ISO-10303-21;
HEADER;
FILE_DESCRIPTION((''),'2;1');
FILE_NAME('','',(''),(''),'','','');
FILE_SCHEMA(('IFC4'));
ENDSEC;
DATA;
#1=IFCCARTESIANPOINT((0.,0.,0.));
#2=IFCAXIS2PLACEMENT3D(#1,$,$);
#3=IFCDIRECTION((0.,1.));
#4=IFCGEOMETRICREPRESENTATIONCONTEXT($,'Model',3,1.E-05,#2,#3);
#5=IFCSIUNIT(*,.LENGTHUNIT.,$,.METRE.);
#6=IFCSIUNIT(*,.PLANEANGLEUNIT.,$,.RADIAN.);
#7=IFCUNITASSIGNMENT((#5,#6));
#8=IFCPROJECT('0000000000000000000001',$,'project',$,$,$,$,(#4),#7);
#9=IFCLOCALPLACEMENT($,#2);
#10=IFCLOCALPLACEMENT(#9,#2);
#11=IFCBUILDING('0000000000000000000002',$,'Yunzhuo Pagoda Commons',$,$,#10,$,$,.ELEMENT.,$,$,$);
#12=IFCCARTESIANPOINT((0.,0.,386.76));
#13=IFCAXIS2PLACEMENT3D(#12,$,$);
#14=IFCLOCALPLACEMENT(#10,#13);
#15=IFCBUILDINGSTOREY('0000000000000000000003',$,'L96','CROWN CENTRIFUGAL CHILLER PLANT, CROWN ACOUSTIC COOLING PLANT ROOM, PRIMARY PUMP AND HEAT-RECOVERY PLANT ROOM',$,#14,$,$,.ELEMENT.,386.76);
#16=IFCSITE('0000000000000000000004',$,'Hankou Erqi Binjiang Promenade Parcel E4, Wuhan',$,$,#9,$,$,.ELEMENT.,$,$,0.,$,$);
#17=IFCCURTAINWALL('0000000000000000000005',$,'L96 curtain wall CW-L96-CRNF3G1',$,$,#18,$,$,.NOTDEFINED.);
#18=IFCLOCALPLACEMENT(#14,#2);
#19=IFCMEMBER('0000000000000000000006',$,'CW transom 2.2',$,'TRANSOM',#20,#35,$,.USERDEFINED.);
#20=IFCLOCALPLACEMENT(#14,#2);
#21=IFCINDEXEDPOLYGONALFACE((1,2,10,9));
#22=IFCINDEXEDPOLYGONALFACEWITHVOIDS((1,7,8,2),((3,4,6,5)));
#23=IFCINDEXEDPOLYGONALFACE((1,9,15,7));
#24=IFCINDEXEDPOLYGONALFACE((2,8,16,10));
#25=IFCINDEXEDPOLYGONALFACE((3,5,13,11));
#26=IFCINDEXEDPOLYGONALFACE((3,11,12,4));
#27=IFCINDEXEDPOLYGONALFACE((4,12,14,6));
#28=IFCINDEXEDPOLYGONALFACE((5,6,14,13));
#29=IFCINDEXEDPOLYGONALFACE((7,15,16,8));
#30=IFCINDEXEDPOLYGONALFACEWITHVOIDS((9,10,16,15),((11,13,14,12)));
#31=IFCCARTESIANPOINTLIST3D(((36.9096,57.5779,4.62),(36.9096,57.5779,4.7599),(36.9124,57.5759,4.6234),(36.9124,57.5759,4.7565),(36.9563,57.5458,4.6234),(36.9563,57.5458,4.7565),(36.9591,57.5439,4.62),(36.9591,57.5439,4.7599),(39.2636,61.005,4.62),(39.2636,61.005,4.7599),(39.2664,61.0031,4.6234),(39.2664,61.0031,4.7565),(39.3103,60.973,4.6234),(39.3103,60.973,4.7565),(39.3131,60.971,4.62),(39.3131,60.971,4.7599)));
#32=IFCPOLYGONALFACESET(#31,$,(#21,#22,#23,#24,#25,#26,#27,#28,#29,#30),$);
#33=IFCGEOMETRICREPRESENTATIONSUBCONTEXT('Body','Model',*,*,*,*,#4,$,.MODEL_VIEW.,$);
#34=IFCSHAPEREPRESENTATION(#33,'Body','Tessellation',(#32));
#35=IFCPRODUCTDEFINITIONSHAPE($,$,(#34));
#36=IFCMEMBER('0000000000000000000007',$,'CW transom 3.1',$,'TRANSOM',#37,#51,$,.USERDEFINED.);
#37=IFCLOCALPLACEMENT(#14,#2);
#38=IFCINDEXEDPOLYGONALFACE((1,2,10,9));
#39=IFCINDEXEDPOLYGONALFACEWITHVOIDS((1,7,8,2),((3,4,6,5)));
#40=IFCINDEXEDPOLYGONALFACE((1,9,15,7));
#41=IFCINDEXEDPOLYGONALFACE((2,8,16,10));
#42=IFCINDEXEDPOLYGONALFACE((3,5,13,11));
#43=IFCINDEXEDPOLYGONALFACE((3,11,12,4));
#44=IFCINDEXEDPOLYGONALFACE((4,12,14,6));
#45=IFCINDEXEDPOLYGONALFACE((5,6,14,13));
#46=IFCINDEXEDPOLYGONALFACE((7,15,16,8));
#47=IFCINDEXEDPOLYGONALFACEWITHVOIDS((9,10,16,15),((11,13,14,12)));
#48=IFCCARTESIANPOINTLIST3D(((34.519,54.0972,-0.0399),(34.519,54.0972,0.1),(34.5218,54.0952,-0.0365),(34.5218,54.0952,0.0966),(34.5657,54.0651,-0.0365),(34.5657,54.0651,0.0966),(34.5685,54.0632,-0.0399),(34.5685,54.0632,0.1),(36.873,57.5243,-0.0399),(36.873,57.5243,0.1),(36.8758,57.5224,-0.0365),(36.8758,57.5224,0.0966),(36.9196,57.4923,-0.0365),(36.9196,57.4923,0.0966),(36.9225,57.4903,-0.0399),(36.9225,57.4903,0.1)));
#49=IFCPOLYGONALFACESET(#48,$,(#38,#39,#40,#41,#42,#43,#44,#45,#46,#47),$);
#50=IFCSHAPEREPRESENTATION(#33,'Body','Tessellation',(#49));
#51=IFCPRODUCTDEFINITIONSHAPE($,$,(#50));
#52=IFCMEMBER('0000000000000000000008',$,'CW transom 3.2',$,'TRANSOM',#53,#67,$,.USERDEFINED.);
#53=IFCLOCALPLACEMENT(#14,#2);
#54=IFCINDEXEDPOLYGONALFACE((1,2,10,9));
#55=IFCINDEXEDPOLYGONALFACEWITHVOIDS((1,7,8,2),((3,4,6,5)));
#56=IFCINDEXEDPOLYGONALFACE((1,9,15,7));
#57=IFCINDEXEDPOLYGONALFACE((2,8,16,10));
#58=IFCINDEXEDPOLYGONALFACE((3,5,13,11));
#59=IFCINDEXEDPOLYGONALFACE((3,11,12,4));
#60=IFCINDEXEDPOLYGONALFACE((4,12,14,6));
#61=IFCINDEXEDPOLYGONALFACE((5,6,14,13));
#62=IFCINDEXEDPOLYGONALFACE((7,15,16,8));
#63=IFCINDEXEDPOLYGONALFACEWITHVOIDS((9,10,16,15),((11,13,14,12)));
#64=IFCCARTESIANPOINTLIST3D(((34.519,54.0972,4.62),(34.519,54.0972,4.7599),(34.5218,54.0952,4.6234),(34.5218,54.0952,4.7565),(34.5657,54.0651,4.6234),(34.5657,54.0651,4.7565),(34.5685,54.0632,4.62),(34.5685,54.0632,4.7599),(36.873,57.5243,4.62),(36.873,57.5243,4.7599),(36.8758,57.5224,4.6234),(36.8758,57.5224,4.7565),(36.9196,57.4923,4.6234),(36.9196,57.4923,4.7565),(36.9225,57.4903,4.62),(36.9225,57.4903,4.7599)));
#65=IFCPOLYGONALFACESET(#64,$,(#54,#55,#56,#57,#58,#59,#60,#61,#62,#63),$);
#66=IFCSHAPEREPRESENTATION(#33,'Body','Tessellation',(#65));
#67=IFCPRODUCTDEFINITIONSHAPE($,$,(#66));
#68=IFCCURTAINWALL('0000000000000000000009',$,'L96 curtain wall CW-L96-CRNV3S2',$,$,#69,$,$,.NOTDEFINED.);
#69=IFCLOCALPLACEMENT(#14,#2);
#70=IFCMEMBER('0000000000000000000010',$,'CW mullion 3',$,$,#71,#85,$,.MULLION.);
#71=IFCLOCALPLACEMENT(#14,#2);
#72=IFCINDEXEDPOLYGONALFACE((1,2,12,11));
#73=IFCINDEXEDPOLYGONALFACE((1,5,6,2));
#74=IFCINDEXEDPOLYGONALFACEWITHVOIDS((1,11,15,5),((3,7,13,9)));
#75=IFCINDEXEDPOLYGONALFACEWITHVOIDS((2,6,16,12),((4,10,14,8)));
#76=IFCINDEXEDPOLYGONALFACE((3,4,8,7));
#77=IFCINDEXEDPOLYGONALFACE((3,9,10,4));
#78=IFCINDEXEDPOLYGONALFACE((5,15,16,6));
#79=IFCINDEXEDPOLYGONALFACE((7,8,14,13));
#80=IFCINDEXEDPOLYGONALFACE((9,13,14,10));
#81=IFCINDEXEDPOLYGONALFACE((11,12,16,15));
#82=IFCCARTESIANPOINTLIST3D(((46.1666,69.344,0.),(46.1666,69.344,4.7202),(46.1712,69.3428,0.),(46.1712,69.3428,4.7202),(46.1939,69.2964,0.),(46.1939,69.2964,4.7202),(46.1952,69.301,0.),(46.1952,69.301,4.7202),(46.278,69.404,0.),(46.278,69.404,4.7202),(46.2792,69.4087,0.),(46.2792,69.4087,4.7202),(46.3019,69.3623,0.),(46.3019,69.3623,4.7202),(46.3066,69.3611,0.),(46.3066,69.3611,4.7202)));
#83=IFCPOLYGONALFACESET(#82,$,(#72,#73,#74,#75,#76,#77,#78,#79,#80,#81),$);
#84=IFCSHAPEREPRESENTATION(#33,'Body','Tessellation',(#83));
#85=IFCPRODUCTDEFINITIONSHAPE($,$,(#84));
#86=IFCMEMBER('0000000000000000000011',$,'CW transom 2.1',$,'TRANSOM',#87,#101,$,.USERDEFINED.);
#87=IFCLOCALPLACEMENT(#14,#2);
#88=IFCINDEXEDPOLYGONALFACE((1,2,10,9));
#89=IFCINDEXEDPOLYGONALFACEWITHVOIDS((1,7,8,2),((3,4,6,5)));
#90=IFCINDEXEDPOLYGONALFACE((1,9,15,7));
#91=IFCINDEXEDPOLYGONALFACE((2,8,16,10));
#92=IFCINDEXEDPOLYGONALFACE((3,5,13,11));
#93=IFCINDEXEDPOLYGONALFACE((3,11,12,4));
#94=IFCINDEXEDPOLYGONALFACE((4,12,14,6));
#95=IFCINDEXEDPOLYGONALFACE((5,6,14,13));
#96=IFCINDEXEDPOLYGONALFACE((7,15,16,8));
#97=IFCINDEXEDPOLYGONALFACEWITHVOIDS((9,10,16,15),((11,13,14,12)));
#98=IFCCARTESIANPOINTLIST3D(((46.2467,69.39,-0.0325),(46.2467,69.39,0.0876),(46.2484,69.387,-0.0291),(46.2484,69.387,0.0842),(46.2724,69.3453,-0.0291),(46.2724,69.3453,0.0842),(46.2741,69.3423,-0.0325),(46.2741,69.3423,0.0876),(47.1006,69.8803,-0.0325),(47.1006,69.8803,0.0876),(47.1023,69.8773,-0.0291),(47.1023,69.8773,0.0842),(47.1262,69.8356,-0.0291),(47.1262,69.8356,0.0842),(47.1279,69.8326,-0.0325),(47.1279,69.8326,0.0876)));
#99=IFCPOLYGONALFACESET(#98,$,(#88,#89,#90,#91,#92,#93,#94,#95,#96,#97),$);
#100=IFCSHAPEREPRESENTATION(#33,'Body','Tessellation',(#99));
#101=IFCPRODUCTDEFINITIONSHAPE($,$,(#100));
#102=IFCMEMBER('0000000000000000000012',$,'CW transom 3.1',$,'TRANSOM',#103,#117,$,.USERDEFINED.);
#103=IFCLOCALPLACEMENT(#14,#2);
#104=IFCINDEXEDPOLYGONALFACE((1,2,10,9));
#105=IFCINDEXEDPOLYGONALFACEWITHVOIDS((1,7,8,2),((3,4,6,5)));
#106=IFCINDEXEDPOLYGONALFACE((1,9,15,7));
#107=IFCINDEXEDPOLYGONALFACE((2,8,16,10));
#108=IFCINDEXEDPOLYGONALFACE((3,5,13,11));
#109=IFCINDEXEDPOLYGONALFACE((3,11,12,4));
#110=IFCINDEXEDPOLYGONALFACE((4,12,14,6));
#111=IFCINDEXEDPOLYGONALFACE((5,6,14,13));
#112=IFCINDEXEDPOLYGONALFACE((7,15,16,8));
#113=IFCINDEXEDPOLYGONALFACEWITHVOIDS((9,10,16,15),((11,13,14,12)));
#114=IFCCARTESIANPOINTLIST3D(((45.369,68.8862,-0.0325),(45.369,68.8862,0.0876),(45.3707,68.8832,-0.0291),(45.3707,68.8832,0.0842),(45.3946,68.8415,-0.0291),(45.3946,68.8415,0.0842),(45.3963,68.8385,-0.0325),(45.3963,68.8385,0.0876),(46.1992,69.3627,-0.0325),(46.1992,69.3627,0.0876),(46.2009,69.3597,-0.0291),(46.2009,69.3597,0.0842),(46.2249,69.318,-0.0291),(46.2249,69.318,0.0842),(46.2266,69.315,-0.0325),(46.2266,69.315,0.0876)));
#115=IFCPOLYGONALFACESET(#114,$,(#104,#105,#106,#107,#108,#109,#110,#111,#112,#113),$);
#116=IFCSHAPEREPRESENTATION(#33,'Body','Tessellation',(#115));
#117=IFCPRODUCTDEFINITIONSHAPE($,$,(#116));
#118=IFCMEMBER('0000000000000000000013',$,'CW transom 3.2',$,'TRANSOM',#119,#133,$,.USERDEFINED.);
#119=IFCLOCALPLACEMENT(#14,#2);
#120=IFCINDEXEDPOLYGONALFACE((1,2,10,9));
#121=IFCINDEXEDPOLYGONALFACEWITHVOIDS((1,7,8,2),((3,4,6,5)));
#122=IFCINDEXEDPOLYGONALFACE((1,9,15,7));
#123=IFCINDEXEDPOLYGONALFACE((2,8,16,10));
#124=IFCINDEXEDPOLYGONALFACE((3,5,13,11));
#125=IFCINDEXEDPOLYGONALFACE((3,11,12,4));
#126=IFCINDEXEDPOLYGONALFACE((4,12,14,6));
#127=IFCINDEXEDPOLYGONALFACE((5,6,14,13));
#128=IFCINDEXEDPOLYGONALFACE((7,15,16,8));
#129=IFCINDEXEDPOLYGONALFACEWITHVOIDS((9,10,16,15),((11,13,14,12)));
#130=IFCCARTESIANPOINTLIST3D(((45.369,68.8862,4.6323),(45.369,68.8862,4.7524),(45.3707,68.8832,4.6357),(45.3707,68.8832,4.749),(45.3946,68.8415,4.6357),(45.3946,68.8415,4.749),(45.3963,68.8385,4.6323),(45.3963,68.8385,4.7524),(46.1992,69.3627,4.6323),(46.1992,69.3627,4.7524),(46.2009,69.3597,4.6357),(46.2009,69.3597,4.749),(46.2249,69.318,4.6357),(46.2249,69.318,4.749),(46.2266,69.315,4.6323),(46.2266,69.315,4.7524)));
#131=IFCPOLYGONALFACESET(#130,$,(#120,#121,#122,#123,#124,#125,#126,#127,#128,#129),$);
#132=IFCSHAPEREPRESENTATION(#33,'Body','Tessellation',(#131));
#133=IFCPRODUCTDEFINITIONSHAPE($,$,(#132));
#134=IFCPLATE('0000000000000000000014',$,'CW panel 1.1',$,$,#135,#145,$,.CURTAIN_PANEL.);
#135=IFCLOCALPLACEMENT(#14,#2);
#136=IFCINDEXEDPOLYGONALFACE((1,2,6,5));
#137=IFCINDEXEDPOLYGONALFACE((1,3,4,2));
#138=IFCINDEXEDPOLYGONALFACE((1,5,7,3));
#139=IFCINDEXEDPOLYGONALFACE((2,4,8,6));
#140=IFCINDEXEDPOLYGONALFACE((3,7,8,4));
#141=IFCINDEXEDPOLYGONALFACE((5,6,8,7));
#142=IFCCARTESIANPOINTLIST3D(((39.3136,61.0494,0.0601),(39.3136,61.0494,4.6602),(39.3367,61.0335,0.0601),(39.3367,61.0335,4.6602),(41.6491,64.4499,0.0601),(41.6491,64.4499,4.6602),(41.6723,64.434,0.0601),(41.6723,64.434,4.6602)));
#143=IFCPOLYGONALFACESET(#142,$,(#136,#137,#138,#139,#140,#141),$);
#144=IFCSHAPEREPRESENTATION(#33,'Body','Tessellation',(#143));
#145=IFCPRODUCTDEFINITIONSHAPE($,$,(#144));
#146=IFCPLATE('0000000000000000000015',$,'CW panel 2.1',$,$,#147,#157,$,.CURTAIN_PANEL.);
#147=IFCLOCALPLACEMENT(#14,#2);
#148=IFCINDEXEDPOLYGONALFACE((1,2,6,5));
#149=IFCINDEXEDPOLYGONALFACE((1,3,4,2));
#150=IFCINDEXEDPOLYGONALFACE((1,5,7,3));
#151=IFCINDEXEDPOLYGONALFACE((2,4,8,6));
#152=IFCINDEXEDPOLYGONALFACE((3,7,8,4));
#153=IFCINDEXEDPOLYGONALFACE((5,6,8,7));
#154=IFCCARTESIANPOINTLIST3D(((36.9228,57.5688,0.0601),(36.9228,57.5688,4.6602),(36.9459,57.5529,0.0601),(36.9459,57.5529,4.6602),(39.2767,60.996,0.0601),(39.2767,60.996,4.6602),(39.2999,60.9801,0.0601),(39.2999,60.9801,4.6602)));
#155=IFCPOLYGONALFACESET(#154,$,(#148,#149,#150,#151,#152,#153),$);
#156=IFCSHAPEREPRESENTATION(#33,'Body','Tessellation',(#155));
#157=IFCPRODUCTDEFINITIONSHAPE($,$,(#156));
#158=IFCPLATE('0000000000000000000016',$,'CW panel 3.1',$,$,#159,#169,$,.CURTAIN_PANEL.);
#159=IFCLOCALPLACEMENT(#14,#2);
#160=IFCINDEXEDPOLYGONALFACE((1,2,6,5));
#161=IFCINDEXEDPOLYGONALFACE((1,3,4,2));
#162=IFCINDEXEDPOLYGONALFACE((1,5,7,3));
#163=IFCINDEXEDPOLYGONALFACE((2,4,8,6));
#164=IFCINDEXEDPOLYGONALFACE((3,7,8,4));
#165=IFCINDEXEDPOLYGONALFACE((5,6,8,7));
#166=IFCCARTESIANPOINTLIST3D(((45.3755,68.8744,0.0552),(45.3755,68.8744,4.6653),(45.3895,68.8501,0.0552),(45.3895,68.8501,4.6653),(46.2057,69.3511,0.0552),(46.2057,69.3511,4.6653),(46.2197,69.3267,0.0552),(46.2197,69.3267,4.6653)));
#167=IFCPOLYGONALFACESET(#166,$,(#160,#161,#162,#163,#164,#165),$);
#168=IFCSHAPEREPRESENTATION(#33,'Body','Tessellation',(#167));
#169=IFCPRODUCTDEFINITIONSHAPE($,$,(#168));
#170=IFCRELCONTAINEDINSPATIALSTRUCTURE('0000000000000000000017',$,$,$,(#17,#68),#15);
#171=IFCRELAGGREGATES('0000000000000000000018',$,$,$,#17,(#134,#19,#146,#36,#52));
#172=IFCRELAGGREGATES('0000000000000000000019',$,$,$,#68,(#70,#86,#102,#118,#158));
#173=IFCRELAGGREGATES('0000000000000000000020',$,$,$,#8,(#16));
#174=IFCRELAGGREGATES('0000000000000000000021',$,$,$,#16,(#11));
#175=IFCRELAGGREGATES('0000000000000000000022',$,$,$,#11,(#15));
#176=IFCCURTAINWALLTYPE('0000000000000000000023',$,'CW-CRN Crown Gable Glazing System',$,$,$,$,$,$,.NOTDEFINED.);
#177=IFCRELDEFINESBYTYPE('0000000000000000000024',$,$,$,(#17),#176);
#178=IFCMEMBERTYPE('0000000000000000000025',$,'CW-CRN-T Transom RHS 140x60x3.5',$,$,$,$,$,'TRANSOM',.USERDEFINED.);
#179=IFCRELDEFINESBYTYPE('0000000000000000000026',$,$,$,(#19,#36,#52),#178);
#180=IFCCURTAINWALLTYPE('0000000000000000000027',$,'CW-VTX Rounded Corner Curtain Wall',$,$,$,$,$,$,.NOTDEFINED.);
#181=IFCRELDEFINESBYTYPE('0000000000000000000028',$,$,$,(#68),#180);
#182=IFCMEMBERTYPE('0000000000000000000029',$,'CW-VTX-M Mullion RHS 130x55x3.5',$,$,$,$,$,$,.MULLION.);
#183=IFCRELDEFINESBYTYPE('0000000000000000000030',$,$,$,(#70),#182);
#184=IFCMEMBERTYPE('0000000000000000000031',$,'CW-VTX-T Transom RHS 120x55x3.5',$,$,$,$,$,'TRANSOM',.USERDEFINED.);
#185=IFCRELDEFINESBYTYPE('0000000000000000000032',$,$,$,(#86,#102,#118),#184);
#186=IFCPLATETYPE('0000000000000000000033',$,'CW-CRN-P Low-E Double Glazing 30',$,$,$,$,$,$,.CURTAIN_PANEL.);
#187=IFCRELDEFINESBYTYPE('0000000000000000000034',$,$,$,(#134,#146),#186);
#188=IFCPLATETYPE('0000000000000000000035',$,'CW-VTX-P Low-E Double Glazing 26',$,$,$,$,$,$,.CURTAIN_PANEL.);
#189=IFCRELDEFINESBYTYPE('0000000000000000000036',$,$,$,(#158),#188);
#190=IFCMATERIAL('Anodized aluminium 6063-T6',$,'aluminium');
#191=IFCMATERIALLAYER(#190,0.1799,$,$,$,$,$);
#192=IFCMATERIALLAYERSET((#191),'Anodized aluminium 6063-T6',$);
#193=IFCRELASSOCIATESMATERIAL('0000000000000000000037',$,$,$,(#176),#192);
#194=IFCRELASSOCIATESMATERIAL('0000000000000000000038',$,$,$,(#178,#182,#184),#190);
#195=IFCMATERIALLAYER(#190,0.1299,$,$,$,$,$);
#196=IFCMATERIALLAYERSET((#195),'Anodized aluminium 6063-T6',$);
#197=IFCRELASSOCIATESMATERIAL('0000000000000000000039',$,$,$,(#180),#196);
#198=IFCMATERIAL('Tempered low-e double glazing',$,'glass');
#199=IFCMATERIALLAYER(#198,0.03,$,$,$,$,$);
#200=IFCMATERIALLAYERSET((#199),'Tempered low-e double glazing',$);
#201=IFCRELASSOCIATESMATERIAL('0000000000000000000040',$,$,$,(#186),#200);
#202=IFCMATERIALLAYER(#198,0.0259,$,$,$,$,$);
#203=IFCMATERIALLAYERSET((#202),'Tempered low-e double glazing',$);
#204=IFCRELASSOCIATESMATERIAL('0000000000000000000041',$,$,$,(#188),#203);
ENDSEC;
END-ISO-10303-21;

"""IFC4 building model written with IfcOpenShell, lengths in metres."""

from ifc_helpers import new_model, si_unit, direction, frame, origin, origin_2d, place, context, subcontext, project, spatial, rectangle, hollow_rectangle, extrude, source, transform, mapped, material, layer, layer_set, material_profile, profile_set, type_object, element, aggregate, save


model = new_model("IFC4")

# Units and contexts
model_context = context("Model", 3, precision=1e-05, world=origin(), true_north=direction((0.0, 1.0)))
body_context = subcontext(model_context, "Body", "Model", "MODEL_VIEW")
ifc_project = project(units=[si_unit("LENGTHUNIT", "METRE"), si_unit("PLANEANGLEUNIT", "RADIAN")], contexts=[model_context])

# Site, building, storey
site_placement = place(None, origin())
site = spatial("IfcSite", under=ifc_project, at=site_placement, Name="Hankou Erqi Binjiang Promenade Parcel E4, Wuhan", CompositionType="ELEMENT", RefElevation=0.0)
building_placement = place(site_placement, origin())
building = spatial("IfcBuilding", under=site, at=building_placement, Name="Yunzhuo Pagoda Commons", CompositionType="ELEMENT")
storey_placement = place(building_placement, frame((0.0, 0.0, 386.76)))
storey = spatial("IfcBuildingStorey", under=building, at=storey_placement, Name="L96", Description="CROWN CENTRIFUGAL CHILLER PLANT, CROWN ACOUSTIC COOLING PLANT ROOM, PRIMARY PUMP AND HEAT-RECOVERY PLANT ROOM", CompositionType="ELEMENT", Elevation=386.76)

# Curtain walls, members
ifc_material_1 = material(Name="Anodized aluminium 6063-T6", Category="aluminium")
ifc_layer_1 = layer(ifc_material_1, 0.1799)
ifc_layer_set_1 = layer_set([ifc_layer_1], Name="Anodized aluminium 6063-T6")
curtain_wall_type_1 = type_object("IfcCurtainWallType", Name="CW-CRN Crown Gable Glazing System", PredefinedType="NOTDEFINED", material=ifc_layer_set_1)
curtain_wall_1_placement = place(storey_placement, origin())
curtain_wall_1 = element("IfcCurtainWall", 1, at=curtain_wall_1_placement, inside=storey, type_object=curtain_wall_type_1, Name="L96 curtain wall CW-L96-CRNF3G1", PredefinedType="NOTDEFINED")
ifc_material_profile_1 = material_profile(ifc_material_1, hollow_rectangle(XDim=0.0601, YDim=0.1399, WallThickness=0.0034, at=origin_2d()), Name="Anodized aluminium 6063-T6")
ifc_profile_set_1 = profile_set([ifc_material_profile_1], Name="Anodized aluminium 6063-T6")
member_type_1 = type_object("IfcMemberType", Name="CW-CRN-T Transom RHS 140x60x3.5", ElementType="TRANSOM", PredefinedType="USERDEFINED", material=ifc_profile_set_1)
shared_shape_1 = source(origin(), body_context, "Body", "SweptSolid", [
    extrude(hollow_rectangle(XDim=0.0601, YDim=0.1399, WallThickness=0.0034, at=origin_2d()), origin(), (0.0, 0.0, 1.0), 4.1577),
])
member_1_placement = place(storey_placement, frame((39.2883, 60.988, 4.6899), z_axis=(-0.566165, -0.824292, 0.0), x_axis=(0.824292, -0.566165, 0.0)))
member_1 = element("IfcMember", 2, at=member_1_placement, type_object=member_type_1, Name="CW transom 2.2", ObjectType="TRANSOM", PredefinedType="USERDEFINED", context=body_context, shape_type="MappedRepresentation", body=[
    mapped(shared_shape_1, transform((0.0, 0.0, 0.0), scale=1.0)),
])
member_2_placement = place(storey_placement, frame((36.8977, 57.5073, 0.03), z_axis=(-0.566165, -0.824292, 0.0), x_axis=(0.824292, -0.566165, 0.0)))
member_2 = element("IfcMember", 3, at=member_2_placement, type_object=member_type_1, Name="CW transom 3.1", ObjectType="TRANSOM", PredefinedType="USERDEFINED", context=body_context, shape_type="MappedRepresentation", body=[
    mapped(shared_shape_1, transform((0.0, 0.0, 0.0), scale=1.0)),
])
member_3_placement = place(storey_placement, frame((36.8977, 57.5073, 4.6899), z_axis=(-0.566165, -0.824292, 0.0), x_axis=(0.824292, -0.566165, 0.0)))
member_3 = element("IfcMember", 4, at=member_3_placement, type_object=member_type_1, Name="CW transom 3.2", ObjectType="TRANSOM", PredefinedType="USERDEFINED", context=body_context, shape_type="MappedRepresentation", body=[
    mapped(shared_shape_1, transform((0.0, 0.0, 0.0), scale=1.0)),
])
ifc_layer_2 = layer(ifc_material_1, 0.1299)
ifc_layer_set_2 = layer_set([ifc_layer_2], Name="Anodized aluminium 6063-T6")
curtain_wall_type_2 = type_object("IfcCurtainWallType", Name="CW-VTX Rounded Corner Curtain Wall", PredefinedType="NOTDEFINED", material=ifc_layer_set_2)
curtain_wall_2_placement = place(storey_placement, origin())
curtain_wall_2 = element("IfcCurtainWall", 5, at=curtain_wall_2_placement, inside=storey, type_object=curtain_wall_type_2, Name="L96 curtain wall CW-L96-CRNV3S2", PredefinedType="NOTDEFINED")
ifc_material_profile_2 = material_profile(ifc_material_1, hollow_rectangle(XDim=0.0549, YDim=0.1299, WallThickness=0.0034, at=origin_2d()), Name="Anodized aluminium 6063-T6")
ifc_profile_set_2 = profile_set([ifc_material_profile_2], Name="Anodized aluminium 6063-T6")
member_type_2 = type_object("IfcMemberType", Name="CW-VTX-M Mullion RHS 130x55x3.5", PredefinedType="MULLION", material=ifc_profile_set_2)
shared_shape_2 = source(origin(), body_context, "Body", "SweptSolid", [
    extrude(hollow_rectangle(XDim=0.0549, YDim=0.1299, WallThickness=0.0034, at=origin_2d()), origin(), (0.0, 0.0, 1.0), 4.7202),
])
member_4_placement = place(storey_placement, frame((46.2366, 69.3525, 0.0), z_axis=(0.0, 0.0, 1.0), x_axis=(0.497937, -0.867213, 0.0)))
member_4 = element("IfcMember", 6, at=member_4_placement, type_object=member_type_2, Name="CW mullion 3", PredefinedType="MULLION", context=body_context, shape_type="MappedRepresentation", body=[
    mapped(shared_shape_2, transform((0.0, 0.0, 0.0), scale=1.0)),
])
ifc_material_profile_3 = material_profile(ifc_material_1, hollow_rectangle(XDim=0.0549, YDim=0.1201, WallThickness=0.0034, at=origin_2d()), Name="Anodized aluminium 6063-T6")
ifc_profile_set_3 = profile_set([ifc_material_profile_3], Name="Anodized aluminium 6063-T6")
member_type_3 = type_object("IfcMemberType", Name="CW-VTX-T Transom RHS 120x55x3.5", ElementType="TRANSOM", PredefinedType="USERDEFINED", material=ifc_profile_set_3)
shared_shape_3 = source(origin(), body_context, "Body", "SweptSolid", [
    extrude(hollow_rectangle(XDim=0.0549, YDim=0.1201, WallThickness=0.0034, at=origin_2d()), origin(), (0.0, 0.0, 1.0), 0.9846),
])
member_5_placement = place(storey_placement, frame((47.1143, 69.8564, 0.0276), z_axis=(-0.867204, -0.497954, 0.0), x_axis=(0.497954, -0.867204, 0.0)))
member_5 = element("IfcMember", 7, at=member_5_placement, type_object=member_type_3, Name="CW transom 2.1", ObjectType="TRANSOM", PredefinedType="USERDEFINED", context=body_context, shape_type="MappedRepresentation", body=[
    mapped(shared_shape_3, transform((0.0, 0.0, 0.0), scale=1.0)),
])
shared_shape_4 = source(origin(), body_context, "Body", "SweptSolid", [
    extrude(hollow_rectangle(XDim=0.0549, YDim=0.1201, WallThickness=0.0034, at=origin_2d()), origin(), (0.0, 0.0, 1.0), 0.9573),
])
member_6_placement = place(storey_placement, frame((46.2129, 69.3389, 0.0276), z_axis=(-0.8673, -0.497786, 0.0), x_axis=(0.497786, -0.8673, 0.0)))
member_6 = element("IfcMember", 8, at=member_6_placement, type_object=member_type_3, Name="CW transom 3.1", ObjectType="TRANSOM", PredefinedType="USERDEFINED", context=body_context, shape_type="MappedRepresentation", body=[
    mapped(shared_shape_4, transform((0.0, 0.0, 0.0), scale=1.0)),
])
member_7_placement = place(storey_placement, frame((46.2129, 69.3389, 4.6924), z_axis=(-0.8673, -0.497786, 0.0), x_axis=(0.497786, -0.8673, 0.0)))
member_7 = element("IfcMember", 9, at=member_7_placement, type_object=member_type_3, Name="CW transom 3.2", ObjectType="TRANSOM", PredefinedType="USERDEFINED", context=body_context, shape_type="MappedRepresentation", body=[
    mapped(shared_shape_4, transform((0.0, 0.0, 0.0), scale=1.0)),
])

# Plates
ifc_material_2 = material(Name="Tempered low-e double glazing", Category="glass")
ifc_layer_3 = layer(ifc_material_2, 0.03)
ifc_layer_set_3 = layer_set([ifc_layer_3], Name="Tempered low-e double glazing")
plate_type_1 = type_object("IfcPlateType", Name="CW-CRN-P Low-E Double Glazing 30", PredefinedType="CURTAIN_PANEL", material=ifc_layer_set_3)
shared_shape_5 = source(origin(), body_context, "Body", "SweptSolid", [
    extrude(rectangle(XDim=4.1252, YDim=0.0281, at=origin_2d()), origin(), (0.0, 0.0, 1.0), 4.6001),
])
plate_1_placement = place(storey_placement, frame((40.4929, 62.7417, 0.0601), z_axis=(0.0, 0.0, 1.0), x_axis=(-0.566159, -0.824296, 0.0)))
plate_1 = element("IfcPlate", 10, at=plate_1_placement, type_object=plate_type_1, Name="CW panel 1.1", PredefinedType="CURTAIN_PANEL", context=body_context, shape_type="MappedRepresentation", body=[
    mapped(shared_shape_5, transform((0.0, 0.0, 0.0), scale=1.0)),
])
shared_shape_6 = source(origin(), body_context, "Body", "SweptSolid", [
    extrude(rectangle(XDim=4.1577, YDim=0.0281, at=origin_2d()), origin(), (0.0, 0.0, 1.0), 4.6001),
])
plate_2_placement = place(storey_placement, frame((38.1113, 59.2744, 0.0601), z_axis=(0.0, 0.0, 1.0), x_axis=(-0.566159, -0.824296, 0.0)))
plate_2 = element("IfcPlate", 11, at=plate_2_placement, type_object=plate_type_1, Name="CW panel 2.1", PredefinedType="CURTAIN_PANEL", context=body_context, shape_type="MappedRepresentation", body=[
    mapped(shared_shape_6, transform((0.0, 0.0, 0.0), scale=1.0)),
])
aggregate(curtain_wall_1, [plate_1, member_1, plate_2, member_2, member_3])
ifc_layer_4 = layer(ifc_material_2, 0.0259)
ifc_layer_set_4 = layer_set([ifc_layer_4], Name="Tempered low-e double glazing")
plate_type_2 = type_object("IfcPlateType", Name="CW-VTX-P Low-E Double Glazing 26", PredefinedType="CURTAIN_PANEL", material=ifc_layer_set_4)
shared_shape_7 = source(origin(), body_context, "Body", "SweptSolid", [
    extrude(rectangle(XDim=0.9573, YDim=0.0281, at=origin_2d()), origin(), (0.0, 0.0, 1.0), 4.6101),
])
plate_3_placement = place(storey_placement, frame((45.7976, 69.1006, 0.0552), z_axis=(0.0, 0.0, 1.0), x_axis=(-0.867213, -0.497937, 0.0)))
plate_3 = element("IfcPlate", 12, at=plate_3_placement, type_object=plate_type_2, Name="CW panel 3.1", PredefinedType="CURTAIN_PANEL", context=body_context, shape_type="MappedRepresentation", body=[
    mapped(shared_shape_7, transform((0.0, 0.0, 0.0), scale=1.0)),
])
aggregate(curtain_wall_2, [member_4, member_5, member_6, member_7, plate_3])

save(model, "model.ifc")
